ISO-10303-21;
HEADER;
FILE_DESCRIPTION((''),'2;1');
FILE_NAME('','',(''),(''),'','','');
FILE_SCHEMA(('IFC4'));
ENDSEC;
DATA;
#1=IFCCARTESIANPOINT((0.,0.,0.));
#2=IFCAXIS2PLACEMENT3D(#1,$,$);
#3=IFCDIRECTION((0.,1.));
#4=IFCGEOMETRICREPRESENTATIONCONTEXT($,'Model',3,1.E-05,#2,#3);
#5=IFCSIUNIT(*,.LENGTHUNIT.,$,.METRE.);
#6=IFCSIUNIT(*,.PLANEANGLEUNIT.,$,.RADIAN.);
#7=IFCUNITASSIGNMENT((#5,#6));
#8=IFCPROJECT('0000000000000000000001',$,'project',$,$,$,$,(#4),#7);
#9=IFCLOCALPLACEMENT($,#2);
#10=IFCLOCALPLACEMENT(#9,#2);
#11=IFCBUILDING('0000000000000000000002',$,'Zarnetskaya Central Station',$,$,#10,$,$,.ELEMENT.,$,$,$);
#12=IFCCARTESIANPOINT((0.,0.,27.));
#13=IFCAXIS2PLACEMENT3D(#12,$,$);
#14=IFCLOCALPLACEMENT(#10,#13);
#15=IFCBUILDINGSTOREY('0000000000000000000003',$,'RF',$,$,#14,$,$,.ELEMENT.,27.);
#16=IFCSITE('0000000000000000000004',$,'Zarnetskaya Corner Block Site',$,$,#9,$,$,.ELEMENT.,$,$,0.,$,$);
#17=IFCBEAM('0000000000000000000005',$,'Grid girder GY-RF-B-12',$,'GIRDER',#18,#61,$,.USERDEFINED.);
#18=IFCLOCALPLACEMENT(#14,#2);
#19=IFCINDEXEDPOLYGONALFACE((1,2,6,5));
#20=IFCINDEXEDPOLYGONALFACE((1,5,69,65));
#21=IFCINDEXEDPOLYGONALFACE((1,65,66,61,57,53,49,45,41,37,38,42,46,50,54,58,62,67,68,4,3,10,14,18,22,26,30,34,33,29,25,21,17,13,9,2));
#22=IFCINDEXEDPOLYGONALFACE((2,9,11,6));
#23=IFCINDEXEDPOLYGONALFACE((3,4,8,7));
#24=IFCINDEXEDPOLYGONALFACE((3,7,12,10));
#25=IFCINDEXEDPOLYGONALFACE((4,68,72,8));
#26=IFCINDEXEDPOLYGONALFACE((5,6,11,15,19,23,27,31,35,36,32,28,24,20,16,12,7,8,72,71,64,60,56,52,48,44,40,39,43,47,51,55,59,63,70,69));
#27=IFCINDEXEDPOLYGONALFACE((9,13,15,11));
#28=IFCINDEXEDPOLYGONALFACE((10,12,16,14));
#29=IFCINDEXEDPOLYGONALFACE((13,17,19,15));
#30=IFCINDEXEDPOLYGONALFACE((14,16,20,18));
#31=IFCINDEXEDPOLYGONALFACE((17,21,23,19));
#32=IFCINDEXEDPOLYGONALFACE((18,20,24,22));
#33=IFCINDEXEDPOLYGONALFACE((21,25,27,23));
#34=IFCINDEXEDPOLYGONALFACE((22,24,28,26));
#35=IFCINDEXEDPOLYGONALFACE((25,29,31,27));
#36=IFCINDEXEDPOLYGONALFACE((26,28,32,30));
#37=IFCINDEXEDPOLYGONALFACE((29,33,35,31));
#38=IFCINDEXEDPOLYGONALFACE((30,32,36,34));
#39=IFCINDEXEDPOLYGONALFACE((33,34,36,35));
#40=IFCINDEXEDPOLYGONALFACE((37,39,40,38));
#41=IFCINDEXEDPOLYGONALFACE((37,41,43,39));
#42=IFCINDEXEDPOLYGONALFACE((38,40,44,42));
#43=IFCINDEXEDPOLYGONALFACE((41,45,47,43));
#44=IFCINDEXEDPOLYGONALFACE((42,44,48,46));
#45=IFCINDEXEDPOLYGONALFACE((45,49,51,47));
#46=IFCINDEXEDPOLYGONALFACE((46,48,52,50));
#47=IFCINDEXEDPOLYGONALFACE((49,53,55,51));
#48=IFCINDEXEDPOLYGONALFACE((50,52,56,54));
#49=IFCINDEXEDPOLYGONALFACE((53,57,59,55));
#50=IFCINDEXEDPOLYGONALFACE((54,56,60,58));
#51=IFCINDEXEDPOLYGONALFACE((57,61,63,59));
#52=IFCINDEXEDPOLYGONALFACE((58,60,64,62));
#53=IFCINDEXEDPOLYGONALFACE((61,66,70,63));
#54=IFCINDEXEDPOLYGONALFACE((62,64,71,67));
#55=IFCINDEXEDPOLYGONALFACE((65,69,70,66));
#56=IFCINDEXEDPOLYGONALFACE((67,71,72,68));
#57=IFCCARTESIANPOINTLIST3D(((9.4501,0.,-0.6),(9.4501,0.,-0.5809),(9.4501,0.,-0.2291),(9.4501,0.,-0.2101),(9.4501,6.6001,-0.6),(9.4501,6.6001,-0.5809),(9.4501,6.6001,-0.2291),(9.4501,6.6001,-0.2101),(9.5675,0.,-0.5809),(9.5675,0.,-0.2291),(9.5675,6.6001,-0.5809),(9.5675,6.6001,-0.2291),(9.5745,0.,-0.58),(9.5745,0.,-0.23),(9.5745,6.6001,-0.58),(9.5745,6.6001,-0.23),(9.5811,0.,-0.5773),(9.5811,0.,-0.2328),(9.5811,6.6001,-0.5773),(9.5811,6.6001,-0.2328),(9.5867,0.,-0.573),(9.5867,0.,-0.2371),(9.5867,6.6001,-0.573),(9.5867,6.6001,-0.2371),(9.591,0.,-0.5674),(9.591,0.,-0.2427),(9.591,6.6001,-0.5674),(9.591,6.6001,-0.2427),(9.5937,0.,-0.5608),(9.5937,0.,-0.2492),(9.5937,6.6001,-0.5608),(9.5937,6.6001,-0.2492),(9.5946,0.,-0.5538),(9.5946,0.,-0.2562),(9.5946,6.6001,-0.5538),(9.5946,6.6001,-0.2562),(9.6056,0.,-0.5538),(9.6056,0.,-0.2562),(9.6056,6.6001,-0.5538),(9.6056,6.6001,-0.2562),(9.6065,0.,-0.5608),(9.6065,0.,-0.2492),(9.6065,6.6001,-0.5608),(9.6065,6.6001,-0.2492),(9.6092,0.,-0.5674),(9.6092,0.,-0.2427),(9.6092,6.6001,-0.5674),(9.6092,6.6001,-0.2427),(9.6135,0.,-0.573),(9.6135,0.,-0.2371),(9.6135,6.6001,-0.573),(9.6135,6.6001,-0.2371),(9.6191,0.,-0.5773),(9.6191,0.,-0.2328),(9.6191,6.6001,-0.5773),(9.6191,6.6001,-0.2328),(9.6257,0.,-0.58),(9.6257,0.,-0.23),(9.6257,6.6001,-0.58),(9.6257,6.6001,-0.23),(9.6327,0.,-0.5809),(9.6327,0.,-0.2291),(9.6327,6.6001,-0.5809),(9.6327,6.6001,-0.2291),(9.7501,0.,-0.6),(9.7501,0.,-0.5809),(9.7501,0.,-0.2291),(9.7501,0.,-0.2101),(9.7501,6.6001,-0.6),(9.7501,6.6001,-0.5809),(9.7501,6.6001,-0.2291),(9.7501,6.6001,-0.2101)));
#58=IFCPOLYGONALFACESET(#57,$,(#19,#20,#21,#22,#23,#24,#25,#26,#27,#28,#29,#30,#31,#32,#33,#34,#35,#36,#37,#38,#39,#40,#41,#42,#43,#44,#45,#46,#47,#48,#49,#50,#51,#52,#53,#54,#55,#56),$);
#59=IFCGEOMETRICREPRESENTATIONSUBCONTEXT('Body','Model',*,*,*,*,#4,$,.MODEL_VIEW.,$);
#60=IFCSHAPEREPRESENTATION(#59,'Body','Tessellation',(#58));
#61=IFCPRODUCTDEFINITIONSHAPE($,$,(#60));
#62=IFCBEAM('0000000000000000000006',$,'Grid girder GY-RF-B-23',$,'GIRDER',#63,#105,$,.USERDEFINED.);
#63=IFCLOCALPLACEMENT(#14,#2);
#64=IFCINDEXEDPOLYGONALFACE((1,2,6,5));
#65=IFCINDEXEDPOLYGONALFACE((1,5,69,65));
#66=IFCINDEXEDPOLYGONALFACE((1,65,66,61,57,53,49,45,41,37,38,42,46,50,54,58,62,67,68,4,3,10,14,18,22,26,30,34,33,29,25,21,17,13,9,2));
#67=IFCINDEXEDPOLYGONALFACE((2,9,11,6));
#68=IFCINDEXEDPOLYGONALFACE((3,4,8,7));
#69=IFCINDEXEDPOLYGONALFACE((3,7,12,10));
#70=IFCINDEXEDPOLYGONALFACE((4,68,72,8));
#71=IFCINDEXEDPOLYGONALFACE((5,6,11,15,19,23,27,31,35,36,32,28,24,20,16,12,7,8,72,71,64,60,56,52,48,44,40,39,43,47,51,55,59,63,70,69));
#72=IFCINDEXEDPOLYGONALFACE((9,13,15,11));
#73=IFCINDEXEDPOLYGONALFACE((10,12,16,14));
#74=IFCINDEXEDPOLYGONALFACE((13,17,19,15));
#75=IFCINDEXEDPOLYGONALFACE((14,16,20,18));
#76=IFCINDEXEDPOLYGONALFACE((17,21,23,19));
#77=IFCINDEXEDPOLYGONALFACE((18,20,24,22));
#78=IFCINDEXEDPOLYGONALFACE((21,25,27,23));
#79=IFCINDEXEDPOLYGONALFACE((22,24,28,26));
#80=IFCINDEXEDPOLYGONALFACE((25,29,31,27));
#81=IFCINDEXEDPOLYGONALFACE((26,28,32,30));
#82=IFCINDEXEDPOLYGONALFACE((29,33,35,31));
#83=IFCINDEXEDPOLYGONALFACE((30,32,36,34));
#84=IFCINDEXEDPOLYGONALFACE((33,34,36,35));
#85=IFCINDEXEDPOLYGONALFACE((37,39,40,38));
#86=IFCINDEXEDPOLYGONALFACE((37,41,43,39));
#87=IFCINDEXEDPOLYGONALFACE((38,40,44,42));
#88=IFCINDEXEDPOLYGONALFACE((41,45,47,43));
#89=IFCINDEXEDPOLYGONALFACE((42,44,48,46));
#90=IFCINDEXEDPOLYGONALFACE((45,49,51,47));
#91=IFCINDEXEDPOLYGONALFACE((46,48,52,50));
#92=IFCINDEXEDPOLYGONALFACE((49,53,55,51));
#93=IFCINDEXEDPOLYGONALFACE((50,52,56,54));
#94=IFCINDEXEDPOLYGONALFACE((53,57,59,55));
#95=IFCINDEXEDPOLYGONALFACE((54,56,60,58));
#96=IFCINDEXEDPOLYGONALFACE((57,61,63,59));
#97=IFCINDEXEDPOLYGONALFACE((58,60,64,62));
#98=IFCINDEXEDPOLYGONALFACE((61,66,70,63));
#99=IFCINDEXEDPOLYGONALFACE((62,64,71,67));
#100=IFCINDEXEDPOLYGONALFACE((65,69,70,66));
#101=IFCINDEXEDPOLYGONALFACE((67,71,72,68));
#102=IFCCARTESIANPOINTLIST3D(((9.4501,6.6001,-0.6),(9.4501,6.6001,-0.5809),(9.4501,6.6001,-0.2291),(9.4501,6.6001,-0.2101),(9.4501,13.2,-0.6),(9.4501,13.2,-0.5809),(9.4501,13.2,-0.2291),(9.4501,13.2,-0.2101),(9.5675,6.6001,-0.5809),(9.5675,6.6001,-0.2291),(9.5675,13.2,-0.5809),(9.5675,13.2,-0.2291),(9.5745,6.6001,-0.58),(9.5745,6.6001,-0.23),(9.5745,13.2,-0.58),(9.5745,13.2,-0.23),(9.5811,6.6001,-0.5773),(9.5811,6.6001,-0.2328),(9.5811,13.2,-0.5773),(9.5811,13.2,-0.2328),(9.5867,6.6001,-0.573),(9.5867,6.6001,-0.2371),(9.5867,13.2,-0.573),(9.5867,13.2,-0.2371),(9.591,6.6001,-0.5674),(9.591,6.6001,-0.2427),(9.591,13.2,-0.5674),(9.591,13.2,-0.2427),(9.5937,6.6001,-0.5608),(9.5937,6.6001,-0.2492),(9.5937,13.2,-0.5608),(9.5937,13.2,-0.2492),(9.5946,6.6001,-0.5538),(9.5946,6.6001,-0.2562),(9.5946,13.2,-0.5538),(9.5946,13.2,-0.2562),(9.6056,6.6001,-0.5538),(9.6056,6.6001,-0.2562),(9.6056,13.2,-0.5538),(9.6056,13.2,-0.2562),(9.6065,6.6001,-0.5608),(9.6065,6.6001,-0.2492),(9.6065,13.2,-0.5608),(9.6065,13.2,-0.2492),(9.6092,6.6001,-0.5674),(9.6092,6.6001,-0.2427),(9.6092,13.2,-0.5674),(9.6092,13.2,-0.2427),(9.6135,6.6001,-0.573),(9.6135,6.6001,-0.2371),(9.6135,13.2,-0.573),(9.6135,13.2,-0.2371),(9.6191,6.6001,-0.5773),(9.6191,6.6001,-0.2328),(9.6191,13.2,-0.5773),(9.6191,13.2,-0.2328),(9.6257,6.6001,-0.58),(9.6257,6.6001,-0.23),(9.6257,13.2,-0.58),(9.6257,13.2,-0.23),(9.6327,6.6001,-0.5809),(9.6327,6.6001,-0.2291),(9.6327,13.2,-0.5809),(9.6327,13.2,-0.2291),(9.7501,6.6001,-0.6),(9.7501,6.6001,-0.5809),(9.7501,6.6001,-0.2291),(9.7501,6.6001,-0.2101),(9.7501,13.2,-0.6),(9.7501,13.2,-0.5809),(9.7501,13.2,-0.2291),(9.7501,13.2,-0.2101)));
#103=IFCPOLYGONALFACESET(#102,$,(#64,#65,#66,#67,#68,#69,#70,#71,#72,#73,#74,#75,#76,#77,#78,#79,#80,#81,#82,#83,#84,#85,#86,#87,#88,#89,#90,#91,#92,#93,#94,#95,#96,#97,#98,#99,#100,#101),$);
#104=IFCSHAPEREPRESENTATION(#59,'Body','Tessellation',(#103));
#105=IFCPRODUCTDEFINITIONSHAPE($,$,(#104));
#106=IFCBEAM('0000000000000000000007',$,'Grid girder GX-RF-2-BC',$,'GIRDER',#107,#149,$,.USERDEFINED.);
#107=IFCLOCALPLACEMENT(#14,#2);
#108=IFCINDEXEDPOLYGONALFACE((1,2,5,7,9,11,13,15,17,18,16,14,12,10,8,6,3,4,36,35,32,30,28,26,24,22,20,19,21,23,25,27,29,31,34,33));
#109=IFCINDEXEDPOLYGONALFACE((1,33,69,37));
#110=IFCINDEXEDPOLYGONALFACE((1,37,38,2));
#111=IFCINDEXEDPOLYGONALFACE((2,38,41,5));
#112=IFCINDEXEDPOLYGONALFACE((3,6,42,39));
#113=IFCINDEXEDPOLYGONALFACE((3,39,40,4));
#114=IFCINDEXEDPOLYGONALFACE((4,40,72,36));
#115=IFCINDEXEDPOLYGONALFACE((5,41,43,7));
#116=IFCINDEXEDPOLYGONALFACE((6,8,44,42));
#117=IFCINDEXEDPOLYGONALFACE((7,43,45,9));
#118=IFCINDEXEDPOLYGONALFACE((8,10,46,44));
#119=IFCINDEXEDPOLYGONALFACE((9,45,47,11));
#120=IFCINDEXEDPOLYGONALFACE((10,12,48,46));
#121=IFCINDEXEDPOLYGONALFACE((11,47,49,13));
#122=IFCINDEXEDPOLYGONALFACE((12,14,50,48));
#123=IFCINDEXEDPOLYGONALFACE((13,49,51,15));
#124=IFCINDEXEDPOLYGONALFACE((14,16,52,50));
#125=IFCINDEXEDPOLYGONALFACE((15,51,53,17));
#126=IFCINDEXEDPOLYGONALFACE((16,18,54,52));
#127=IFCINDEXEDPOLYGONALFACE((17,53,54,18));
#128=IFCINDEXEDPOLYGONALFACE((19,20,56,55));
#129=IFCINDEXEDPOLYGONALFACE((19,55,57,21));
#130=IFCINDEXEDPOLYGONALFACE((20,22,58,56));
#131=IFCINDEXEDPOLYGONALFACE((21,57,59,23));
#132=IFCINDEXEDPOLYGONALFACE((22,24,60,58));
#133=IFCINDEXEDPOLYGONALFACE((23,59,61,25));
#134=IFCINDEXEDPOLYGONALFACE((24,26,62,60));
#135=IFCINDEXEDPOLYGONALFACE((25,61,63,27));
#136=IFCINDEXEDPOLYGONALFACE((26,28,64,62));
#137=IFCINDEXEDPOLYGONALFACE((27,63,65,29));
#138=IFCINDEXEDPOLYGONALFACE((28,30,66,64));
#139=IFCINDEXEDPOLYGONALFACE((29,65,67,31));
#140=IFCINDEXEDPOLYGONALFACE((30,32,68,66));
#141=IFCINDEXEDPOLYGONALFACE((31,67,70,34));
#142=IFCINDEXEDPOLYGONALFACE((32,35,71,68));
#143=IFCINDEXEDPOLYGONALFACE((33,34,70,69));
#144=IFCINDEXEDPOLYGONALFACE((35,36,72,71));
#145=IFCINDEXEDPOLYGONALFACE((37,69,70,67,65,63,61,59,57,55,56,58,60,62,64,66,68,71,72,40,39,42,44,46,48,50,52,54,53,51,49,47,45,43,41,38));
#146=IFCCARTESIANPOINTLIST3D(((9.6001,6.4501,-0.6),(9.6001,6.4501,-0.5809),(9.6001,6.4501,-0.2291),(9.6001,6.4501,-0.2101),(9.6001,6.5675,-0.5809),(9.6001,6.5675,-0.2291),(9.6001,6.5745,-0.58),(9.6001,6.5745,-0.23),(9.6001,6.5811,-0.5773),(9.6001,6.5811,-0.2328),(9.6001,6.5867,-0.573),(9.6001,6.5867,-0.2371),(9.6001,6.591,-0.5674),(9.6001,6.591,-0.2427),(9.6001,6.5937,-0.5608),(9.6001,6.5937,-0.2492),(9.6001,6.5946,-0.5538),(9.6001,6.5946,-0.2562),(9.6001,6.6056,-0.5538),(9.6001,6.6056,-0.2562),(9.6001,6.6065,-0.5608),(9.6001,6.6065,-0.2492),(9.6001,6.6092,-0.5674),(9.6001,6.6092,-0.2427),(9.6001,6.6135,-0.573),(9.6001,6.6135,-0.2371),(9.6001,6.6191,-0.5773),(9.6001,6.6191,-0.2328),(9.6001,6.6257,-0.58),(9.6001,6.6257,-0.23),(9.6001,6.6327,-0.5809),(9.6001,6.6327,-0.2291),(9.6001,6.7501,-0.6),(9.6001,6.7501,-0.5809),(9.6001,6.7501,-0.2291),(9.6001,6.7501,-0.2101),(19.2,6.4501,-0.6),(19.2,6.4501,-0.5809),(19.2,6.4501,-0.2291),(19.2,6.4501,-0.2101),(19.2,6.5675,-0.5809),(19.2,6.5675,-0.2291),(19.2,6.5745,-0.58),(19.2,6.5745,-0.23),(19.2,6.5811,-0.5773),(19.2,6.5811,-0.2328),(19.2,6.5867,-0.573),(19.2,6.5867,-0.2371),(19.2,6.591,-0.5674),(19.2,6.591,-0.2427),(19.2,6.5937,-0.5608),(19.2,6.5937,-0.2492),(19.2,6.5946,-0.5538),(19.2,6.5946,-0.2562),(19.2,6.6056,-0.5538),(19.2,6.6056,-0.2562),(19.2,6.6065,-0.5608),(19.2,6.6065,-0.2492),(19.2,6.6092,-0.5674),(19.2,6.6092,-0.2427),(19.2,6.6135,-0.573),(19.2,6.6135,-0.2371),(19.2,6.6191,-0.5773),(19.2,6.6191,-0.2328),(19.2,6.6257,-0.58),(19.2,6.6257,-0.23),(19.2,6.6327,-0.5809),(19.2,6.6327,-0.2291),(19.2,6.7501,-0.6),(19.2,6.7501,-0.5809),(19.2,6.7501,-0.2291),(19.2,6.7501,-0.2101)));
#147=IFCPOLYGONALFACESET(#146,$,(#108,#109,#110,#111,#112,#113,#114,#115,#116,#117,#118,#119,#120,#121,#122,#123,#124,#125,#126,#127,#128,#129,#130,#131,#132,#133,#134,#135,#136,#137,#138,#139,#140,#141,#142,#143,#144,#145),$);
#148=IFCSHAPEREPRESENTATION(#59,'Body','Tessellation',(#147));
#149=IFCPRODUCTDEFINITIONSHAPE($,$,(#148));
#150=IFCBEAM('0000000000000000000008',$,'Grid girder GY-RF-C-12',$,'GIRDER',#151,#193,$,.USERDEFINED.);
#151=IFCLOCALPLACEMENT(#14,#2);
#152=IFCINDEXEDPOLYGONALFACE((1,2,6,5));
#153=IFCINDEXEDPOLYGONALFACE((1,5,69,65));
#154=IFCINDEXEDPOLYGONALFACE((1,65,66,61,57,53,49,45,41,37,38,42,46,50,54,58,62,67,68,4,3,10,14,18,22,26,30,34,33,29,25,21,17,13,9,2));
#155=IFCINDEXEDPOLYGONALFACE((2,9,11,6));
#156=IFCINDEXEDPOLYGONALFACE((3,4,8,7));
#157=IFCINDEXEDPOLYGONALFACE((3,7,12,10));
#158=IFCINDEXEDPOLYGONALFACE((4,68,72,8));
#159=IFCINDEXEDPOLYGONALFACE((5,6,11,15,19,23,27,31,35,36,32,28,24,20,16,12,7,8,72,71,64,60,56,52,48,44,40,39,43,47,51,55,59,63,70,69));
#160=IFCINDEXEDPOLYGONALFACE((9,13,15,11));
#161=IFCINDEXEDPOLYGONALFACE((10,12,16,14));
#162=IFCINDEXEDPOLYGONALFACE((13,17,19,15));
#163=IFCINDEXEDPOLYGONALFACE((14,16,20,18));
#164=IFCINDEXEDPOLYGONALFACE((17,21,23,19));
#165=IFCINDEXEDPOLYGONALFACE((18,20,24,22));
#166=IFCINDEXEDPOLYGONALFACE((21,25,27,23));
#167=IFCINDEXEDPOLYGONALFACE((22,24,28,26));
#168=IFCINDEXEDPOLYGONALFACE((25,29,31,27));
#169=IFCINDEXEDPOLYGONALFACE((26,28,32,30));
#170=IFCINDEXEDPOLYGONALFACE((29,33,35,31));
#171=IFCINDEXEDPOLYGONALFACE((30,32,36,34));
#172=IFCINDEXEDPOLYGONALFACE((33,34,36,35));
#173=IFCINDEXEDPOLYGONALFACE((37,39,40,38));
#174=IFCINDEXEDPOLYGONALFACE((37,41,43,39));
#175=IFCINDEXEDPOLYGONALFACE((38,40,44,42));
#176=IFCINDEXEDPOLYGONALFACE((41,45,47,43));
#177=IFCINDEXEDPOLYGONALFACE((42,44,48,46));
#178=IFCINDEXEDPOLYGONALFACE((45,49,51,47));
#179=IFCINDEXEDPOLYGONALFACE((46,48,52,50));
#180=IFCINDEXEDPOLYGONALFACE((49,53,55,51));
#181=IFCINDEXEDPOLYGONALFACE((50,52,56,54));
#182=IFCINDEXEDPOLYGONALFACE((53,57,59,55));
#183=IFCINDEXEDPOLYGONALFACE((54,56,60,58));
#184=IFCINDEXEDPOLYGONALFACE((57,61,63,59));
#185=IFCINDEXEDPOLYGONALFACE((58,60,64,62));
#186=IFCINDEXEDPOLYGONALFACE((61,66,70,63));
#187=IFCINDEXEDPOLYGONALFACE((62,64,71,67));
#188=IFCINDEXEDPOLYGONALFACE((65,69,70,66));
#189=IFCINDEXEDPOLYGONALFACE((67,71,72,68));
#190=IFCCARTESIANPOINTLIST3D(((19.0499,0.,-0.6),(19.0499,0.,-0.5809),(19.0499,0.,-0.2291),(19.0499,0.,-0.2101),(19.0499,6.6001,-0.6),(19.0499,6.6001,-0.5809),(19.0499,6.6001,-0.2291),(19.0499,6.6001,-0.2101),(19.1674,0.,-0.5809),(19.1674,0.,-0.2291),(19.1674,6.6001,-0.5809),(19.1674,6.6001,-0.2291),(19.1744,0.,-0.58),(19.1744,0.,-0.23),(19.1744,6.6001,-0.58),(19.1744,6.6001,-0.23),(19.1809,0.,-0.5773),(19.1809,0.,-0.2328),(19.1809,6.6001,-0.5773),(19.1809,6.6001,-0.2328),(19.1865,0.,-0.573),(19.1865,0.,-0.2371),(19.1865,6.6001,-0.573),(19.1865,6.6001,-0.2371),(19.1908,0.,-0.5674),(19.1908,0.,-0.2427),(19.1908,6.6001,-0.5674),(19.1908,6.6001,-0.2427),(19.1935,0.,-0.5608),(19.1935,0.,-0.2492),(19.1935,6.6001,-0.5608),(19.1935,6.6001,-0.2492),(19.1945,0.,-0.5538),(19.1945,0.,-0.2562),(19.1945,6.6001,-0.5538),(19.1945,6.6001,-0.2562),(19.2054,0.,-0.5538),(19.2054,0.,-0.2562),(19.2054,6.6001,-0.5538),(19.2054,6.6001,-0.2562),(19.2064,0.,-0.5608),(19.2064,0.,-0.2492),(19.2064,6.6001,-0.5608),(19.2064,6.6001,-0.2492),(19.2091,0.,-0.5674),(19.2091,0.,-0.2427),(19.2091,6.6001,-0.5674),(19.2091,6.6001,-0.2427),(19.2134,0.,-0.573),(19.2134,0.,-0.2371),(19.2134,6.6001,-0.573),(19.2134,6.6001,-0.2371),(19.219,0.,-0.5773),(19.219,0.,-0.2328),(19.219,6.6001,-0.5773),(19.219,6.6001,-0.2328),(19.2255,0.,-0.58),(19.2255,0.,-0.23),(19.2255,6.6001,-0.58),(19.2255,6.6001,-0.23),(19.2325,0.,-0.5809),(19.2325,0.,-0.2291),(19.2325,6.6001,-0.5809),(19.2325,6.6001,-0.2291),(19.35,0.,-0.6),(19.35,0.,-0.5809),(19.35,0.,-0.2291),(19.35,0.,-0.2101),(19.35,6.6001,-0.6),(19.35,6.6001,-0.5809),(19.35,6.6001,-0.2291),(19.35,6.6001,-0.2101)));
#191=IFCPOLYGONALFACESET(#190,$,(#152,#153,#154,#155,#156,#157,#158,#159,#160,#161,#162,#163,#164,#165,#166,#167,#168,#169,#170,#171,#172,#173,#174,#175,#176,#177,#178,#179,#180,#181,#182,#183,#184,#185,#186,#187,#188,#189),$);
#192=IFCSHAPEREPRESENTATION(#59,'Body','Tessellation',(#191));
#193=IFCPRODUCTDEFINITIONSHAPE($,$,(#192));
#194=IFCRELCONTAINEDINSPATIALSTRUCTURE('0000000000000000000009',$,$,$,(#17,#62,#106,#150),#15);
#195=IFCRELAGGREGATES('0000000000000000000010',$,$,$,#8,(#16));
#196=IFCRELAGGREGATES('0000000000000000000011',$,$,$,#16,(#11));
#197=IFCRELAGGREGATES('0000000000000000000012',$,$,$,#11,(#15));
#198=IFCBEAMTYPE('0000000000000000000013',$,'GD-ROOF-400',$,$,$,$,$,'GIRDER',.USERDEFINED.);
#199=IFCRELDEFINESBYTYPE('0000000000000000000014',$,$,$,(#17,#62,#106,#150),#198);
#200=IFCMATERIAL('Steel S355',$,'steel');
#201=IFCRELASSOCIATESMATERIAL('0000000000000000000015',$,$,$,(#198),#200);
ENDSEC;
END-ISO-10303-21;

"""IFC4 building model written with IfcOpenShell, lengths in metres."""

from ifc_helpers import new_model, si_unit, direction, frame, origin, origin_2d, place, context, subcontext, project, spatial, i_section, extrude, material, material_profile, profile_set, type_object, element, save


model = new_model("IFC4")

# Units and contexts
model_context = context("Model", 3, precision=1e-05, world=origin(), true_north=direction((0.0, 1.0)))
body_context = subcontext(model_context, "Body", "Model", "MODEL_VIEW")
ifc_project = project(units=[si_unit("LENGTHUNIT", "METRE"), si_unit("PLANEANGLEUNIT", "RADIAN")], contexts=[model_context])

# Site, building, storey
site_placement = place(None, origin())
site = spatial("IfcSite", under=ifc_project, at=site_placement, Name="Zarnetskaya Corner Block Site", CompositionType="ELEMENT", RefElevation=0.0)
building_placement = place(site_placement, origin())
building = spatial("IfcBuilding", under=site, at=building_placement, Name="Zarnetskaya Central Station", CompositionType="ELEMENT")
storey_placement = place(building_placement, frame((0.0, 0.0, 27.0)))
storey = spatial("IfcBuildingStorey", under=building, at=storey_placement, Name="RF", CompositionType="ELEMENT", Elevation=27.0)

# Beams
ifc_material_1 = material(Name="Steel S355", Category="steel")
ifc_material_profile_1 = material_profile(ifc_material_1, i_section(OverallWidth=0.3, OverallDepth=0.3899, WebThickness=0.011, FlangeThickness=0.019, FilletRadius=0.0271, at=origin_2d()), Name="HEA 400")
ifc_profile_set_1 = profile_set([ifc_material_profile_1], Name="Steel S355")
beam_type_1 = type_object("IfcBeamType", Name="GD-ROOF-400", ElementType="GIRDER", PredefinedType="USERDEFINED", material=ifc_profile_set_1)
beam_1_placement = place(storey_placement, frame((9.6001, 0.0, -0.405), z_axis=(0.0, 1.0, 0.0), x_axis=(-1.0, 0.0, 0.0)))
element("IfcBeam", 1, at=beam_1_placement, inside=storey, type_object=beam_type_1, Name="Grid girder GY-RF-B-12", ObjectType="GIRDER", PredefinedType="USERDEFINED", context=body_context, shape_type="SweptSolid", body=[
    extrude(i_section(OverallWidth=0.3, OverallDepth=0.3899, WebThickness=0.011, FlangeThickness=0.019, FilletRadius=0.0271, at=origin_2d()), origin(), (0.0, 0.0, 1.0), 6.6001),
])
beam_2_placement = place(storey_placement, frame((9.6001, 6.6001, -0.405), z_axis=(0.0, 1.0, 0.0), x_axis=(-1.0, 0.0, 0.0)))
element("IfcBeam", 2, at=beam_2_placement, inside=storey, type_object=beam_type_1, Name="Grid girder GY-RF-B-23", ObjectType="GIRDER", PredefinedType="USERDEFINED", context=body_context, shape_type="SweptSolid", body=[
    extrude(i_section(OverallWidth=0.3, OverallDepth=0.3899, WebThickness=0.011, FlangeThickness=0.019, FilletRadius=0.0271, at=origin_2d()), origin(), (0.0, 0.0, 1.0), 6.5999),
])
beam_3_placement = place(storey_placement, frame((9.6001, 6.6001, -0.405), z_axis=(1.0, 0.0, 0.0), x_axis=(0.0, 1.0, 0.0)))
element("IfcBeam", 3, at=beam_3_placement, inside=storey, type_object=beam_type_1, Name="Grid girder GX-RF-2-BC", ObjectType="GIRDER", PredefinedType="USERDEFINED", context=body_context, shape_type="SweptSolid", body=[
    extrude(i_section(OverallWidth=0.3, OverallDepth=0.3899, WebThickness=0.011, FlangeThickness=0.019, FilletRadius=0.0271, at=origin_2d()), origin(), (0.0, 0.0, 1.0), 9.5999),
])
beam_4_placement = place(storey_placement, frame((19.2, 0.0, -0.405), z_axis=(0.0, 1.0, 0.0), x_axis=(-1.0, 0.0, 0.0)))
element("IfcBeam", 4, at=beam_4_placement, inside=storey, type_object=beam_type_1, Name="Grid girder GY-RF-C-12", ObjectType="GIRDER", PredefinedType="USERDEFINED", context=body_context, shape_type="SweptSolid", body=[
    extrude(i_section(OverallWidth=0.3, OverallDepth=0.3899, WebThickness=0.011, FlangeThickness=0.019, FilletRadius=0.0271, at=origin_2d()), origin(), (0.0, 0.0, 1.0), 6.6001),
])

save(model, "model.ifc")
